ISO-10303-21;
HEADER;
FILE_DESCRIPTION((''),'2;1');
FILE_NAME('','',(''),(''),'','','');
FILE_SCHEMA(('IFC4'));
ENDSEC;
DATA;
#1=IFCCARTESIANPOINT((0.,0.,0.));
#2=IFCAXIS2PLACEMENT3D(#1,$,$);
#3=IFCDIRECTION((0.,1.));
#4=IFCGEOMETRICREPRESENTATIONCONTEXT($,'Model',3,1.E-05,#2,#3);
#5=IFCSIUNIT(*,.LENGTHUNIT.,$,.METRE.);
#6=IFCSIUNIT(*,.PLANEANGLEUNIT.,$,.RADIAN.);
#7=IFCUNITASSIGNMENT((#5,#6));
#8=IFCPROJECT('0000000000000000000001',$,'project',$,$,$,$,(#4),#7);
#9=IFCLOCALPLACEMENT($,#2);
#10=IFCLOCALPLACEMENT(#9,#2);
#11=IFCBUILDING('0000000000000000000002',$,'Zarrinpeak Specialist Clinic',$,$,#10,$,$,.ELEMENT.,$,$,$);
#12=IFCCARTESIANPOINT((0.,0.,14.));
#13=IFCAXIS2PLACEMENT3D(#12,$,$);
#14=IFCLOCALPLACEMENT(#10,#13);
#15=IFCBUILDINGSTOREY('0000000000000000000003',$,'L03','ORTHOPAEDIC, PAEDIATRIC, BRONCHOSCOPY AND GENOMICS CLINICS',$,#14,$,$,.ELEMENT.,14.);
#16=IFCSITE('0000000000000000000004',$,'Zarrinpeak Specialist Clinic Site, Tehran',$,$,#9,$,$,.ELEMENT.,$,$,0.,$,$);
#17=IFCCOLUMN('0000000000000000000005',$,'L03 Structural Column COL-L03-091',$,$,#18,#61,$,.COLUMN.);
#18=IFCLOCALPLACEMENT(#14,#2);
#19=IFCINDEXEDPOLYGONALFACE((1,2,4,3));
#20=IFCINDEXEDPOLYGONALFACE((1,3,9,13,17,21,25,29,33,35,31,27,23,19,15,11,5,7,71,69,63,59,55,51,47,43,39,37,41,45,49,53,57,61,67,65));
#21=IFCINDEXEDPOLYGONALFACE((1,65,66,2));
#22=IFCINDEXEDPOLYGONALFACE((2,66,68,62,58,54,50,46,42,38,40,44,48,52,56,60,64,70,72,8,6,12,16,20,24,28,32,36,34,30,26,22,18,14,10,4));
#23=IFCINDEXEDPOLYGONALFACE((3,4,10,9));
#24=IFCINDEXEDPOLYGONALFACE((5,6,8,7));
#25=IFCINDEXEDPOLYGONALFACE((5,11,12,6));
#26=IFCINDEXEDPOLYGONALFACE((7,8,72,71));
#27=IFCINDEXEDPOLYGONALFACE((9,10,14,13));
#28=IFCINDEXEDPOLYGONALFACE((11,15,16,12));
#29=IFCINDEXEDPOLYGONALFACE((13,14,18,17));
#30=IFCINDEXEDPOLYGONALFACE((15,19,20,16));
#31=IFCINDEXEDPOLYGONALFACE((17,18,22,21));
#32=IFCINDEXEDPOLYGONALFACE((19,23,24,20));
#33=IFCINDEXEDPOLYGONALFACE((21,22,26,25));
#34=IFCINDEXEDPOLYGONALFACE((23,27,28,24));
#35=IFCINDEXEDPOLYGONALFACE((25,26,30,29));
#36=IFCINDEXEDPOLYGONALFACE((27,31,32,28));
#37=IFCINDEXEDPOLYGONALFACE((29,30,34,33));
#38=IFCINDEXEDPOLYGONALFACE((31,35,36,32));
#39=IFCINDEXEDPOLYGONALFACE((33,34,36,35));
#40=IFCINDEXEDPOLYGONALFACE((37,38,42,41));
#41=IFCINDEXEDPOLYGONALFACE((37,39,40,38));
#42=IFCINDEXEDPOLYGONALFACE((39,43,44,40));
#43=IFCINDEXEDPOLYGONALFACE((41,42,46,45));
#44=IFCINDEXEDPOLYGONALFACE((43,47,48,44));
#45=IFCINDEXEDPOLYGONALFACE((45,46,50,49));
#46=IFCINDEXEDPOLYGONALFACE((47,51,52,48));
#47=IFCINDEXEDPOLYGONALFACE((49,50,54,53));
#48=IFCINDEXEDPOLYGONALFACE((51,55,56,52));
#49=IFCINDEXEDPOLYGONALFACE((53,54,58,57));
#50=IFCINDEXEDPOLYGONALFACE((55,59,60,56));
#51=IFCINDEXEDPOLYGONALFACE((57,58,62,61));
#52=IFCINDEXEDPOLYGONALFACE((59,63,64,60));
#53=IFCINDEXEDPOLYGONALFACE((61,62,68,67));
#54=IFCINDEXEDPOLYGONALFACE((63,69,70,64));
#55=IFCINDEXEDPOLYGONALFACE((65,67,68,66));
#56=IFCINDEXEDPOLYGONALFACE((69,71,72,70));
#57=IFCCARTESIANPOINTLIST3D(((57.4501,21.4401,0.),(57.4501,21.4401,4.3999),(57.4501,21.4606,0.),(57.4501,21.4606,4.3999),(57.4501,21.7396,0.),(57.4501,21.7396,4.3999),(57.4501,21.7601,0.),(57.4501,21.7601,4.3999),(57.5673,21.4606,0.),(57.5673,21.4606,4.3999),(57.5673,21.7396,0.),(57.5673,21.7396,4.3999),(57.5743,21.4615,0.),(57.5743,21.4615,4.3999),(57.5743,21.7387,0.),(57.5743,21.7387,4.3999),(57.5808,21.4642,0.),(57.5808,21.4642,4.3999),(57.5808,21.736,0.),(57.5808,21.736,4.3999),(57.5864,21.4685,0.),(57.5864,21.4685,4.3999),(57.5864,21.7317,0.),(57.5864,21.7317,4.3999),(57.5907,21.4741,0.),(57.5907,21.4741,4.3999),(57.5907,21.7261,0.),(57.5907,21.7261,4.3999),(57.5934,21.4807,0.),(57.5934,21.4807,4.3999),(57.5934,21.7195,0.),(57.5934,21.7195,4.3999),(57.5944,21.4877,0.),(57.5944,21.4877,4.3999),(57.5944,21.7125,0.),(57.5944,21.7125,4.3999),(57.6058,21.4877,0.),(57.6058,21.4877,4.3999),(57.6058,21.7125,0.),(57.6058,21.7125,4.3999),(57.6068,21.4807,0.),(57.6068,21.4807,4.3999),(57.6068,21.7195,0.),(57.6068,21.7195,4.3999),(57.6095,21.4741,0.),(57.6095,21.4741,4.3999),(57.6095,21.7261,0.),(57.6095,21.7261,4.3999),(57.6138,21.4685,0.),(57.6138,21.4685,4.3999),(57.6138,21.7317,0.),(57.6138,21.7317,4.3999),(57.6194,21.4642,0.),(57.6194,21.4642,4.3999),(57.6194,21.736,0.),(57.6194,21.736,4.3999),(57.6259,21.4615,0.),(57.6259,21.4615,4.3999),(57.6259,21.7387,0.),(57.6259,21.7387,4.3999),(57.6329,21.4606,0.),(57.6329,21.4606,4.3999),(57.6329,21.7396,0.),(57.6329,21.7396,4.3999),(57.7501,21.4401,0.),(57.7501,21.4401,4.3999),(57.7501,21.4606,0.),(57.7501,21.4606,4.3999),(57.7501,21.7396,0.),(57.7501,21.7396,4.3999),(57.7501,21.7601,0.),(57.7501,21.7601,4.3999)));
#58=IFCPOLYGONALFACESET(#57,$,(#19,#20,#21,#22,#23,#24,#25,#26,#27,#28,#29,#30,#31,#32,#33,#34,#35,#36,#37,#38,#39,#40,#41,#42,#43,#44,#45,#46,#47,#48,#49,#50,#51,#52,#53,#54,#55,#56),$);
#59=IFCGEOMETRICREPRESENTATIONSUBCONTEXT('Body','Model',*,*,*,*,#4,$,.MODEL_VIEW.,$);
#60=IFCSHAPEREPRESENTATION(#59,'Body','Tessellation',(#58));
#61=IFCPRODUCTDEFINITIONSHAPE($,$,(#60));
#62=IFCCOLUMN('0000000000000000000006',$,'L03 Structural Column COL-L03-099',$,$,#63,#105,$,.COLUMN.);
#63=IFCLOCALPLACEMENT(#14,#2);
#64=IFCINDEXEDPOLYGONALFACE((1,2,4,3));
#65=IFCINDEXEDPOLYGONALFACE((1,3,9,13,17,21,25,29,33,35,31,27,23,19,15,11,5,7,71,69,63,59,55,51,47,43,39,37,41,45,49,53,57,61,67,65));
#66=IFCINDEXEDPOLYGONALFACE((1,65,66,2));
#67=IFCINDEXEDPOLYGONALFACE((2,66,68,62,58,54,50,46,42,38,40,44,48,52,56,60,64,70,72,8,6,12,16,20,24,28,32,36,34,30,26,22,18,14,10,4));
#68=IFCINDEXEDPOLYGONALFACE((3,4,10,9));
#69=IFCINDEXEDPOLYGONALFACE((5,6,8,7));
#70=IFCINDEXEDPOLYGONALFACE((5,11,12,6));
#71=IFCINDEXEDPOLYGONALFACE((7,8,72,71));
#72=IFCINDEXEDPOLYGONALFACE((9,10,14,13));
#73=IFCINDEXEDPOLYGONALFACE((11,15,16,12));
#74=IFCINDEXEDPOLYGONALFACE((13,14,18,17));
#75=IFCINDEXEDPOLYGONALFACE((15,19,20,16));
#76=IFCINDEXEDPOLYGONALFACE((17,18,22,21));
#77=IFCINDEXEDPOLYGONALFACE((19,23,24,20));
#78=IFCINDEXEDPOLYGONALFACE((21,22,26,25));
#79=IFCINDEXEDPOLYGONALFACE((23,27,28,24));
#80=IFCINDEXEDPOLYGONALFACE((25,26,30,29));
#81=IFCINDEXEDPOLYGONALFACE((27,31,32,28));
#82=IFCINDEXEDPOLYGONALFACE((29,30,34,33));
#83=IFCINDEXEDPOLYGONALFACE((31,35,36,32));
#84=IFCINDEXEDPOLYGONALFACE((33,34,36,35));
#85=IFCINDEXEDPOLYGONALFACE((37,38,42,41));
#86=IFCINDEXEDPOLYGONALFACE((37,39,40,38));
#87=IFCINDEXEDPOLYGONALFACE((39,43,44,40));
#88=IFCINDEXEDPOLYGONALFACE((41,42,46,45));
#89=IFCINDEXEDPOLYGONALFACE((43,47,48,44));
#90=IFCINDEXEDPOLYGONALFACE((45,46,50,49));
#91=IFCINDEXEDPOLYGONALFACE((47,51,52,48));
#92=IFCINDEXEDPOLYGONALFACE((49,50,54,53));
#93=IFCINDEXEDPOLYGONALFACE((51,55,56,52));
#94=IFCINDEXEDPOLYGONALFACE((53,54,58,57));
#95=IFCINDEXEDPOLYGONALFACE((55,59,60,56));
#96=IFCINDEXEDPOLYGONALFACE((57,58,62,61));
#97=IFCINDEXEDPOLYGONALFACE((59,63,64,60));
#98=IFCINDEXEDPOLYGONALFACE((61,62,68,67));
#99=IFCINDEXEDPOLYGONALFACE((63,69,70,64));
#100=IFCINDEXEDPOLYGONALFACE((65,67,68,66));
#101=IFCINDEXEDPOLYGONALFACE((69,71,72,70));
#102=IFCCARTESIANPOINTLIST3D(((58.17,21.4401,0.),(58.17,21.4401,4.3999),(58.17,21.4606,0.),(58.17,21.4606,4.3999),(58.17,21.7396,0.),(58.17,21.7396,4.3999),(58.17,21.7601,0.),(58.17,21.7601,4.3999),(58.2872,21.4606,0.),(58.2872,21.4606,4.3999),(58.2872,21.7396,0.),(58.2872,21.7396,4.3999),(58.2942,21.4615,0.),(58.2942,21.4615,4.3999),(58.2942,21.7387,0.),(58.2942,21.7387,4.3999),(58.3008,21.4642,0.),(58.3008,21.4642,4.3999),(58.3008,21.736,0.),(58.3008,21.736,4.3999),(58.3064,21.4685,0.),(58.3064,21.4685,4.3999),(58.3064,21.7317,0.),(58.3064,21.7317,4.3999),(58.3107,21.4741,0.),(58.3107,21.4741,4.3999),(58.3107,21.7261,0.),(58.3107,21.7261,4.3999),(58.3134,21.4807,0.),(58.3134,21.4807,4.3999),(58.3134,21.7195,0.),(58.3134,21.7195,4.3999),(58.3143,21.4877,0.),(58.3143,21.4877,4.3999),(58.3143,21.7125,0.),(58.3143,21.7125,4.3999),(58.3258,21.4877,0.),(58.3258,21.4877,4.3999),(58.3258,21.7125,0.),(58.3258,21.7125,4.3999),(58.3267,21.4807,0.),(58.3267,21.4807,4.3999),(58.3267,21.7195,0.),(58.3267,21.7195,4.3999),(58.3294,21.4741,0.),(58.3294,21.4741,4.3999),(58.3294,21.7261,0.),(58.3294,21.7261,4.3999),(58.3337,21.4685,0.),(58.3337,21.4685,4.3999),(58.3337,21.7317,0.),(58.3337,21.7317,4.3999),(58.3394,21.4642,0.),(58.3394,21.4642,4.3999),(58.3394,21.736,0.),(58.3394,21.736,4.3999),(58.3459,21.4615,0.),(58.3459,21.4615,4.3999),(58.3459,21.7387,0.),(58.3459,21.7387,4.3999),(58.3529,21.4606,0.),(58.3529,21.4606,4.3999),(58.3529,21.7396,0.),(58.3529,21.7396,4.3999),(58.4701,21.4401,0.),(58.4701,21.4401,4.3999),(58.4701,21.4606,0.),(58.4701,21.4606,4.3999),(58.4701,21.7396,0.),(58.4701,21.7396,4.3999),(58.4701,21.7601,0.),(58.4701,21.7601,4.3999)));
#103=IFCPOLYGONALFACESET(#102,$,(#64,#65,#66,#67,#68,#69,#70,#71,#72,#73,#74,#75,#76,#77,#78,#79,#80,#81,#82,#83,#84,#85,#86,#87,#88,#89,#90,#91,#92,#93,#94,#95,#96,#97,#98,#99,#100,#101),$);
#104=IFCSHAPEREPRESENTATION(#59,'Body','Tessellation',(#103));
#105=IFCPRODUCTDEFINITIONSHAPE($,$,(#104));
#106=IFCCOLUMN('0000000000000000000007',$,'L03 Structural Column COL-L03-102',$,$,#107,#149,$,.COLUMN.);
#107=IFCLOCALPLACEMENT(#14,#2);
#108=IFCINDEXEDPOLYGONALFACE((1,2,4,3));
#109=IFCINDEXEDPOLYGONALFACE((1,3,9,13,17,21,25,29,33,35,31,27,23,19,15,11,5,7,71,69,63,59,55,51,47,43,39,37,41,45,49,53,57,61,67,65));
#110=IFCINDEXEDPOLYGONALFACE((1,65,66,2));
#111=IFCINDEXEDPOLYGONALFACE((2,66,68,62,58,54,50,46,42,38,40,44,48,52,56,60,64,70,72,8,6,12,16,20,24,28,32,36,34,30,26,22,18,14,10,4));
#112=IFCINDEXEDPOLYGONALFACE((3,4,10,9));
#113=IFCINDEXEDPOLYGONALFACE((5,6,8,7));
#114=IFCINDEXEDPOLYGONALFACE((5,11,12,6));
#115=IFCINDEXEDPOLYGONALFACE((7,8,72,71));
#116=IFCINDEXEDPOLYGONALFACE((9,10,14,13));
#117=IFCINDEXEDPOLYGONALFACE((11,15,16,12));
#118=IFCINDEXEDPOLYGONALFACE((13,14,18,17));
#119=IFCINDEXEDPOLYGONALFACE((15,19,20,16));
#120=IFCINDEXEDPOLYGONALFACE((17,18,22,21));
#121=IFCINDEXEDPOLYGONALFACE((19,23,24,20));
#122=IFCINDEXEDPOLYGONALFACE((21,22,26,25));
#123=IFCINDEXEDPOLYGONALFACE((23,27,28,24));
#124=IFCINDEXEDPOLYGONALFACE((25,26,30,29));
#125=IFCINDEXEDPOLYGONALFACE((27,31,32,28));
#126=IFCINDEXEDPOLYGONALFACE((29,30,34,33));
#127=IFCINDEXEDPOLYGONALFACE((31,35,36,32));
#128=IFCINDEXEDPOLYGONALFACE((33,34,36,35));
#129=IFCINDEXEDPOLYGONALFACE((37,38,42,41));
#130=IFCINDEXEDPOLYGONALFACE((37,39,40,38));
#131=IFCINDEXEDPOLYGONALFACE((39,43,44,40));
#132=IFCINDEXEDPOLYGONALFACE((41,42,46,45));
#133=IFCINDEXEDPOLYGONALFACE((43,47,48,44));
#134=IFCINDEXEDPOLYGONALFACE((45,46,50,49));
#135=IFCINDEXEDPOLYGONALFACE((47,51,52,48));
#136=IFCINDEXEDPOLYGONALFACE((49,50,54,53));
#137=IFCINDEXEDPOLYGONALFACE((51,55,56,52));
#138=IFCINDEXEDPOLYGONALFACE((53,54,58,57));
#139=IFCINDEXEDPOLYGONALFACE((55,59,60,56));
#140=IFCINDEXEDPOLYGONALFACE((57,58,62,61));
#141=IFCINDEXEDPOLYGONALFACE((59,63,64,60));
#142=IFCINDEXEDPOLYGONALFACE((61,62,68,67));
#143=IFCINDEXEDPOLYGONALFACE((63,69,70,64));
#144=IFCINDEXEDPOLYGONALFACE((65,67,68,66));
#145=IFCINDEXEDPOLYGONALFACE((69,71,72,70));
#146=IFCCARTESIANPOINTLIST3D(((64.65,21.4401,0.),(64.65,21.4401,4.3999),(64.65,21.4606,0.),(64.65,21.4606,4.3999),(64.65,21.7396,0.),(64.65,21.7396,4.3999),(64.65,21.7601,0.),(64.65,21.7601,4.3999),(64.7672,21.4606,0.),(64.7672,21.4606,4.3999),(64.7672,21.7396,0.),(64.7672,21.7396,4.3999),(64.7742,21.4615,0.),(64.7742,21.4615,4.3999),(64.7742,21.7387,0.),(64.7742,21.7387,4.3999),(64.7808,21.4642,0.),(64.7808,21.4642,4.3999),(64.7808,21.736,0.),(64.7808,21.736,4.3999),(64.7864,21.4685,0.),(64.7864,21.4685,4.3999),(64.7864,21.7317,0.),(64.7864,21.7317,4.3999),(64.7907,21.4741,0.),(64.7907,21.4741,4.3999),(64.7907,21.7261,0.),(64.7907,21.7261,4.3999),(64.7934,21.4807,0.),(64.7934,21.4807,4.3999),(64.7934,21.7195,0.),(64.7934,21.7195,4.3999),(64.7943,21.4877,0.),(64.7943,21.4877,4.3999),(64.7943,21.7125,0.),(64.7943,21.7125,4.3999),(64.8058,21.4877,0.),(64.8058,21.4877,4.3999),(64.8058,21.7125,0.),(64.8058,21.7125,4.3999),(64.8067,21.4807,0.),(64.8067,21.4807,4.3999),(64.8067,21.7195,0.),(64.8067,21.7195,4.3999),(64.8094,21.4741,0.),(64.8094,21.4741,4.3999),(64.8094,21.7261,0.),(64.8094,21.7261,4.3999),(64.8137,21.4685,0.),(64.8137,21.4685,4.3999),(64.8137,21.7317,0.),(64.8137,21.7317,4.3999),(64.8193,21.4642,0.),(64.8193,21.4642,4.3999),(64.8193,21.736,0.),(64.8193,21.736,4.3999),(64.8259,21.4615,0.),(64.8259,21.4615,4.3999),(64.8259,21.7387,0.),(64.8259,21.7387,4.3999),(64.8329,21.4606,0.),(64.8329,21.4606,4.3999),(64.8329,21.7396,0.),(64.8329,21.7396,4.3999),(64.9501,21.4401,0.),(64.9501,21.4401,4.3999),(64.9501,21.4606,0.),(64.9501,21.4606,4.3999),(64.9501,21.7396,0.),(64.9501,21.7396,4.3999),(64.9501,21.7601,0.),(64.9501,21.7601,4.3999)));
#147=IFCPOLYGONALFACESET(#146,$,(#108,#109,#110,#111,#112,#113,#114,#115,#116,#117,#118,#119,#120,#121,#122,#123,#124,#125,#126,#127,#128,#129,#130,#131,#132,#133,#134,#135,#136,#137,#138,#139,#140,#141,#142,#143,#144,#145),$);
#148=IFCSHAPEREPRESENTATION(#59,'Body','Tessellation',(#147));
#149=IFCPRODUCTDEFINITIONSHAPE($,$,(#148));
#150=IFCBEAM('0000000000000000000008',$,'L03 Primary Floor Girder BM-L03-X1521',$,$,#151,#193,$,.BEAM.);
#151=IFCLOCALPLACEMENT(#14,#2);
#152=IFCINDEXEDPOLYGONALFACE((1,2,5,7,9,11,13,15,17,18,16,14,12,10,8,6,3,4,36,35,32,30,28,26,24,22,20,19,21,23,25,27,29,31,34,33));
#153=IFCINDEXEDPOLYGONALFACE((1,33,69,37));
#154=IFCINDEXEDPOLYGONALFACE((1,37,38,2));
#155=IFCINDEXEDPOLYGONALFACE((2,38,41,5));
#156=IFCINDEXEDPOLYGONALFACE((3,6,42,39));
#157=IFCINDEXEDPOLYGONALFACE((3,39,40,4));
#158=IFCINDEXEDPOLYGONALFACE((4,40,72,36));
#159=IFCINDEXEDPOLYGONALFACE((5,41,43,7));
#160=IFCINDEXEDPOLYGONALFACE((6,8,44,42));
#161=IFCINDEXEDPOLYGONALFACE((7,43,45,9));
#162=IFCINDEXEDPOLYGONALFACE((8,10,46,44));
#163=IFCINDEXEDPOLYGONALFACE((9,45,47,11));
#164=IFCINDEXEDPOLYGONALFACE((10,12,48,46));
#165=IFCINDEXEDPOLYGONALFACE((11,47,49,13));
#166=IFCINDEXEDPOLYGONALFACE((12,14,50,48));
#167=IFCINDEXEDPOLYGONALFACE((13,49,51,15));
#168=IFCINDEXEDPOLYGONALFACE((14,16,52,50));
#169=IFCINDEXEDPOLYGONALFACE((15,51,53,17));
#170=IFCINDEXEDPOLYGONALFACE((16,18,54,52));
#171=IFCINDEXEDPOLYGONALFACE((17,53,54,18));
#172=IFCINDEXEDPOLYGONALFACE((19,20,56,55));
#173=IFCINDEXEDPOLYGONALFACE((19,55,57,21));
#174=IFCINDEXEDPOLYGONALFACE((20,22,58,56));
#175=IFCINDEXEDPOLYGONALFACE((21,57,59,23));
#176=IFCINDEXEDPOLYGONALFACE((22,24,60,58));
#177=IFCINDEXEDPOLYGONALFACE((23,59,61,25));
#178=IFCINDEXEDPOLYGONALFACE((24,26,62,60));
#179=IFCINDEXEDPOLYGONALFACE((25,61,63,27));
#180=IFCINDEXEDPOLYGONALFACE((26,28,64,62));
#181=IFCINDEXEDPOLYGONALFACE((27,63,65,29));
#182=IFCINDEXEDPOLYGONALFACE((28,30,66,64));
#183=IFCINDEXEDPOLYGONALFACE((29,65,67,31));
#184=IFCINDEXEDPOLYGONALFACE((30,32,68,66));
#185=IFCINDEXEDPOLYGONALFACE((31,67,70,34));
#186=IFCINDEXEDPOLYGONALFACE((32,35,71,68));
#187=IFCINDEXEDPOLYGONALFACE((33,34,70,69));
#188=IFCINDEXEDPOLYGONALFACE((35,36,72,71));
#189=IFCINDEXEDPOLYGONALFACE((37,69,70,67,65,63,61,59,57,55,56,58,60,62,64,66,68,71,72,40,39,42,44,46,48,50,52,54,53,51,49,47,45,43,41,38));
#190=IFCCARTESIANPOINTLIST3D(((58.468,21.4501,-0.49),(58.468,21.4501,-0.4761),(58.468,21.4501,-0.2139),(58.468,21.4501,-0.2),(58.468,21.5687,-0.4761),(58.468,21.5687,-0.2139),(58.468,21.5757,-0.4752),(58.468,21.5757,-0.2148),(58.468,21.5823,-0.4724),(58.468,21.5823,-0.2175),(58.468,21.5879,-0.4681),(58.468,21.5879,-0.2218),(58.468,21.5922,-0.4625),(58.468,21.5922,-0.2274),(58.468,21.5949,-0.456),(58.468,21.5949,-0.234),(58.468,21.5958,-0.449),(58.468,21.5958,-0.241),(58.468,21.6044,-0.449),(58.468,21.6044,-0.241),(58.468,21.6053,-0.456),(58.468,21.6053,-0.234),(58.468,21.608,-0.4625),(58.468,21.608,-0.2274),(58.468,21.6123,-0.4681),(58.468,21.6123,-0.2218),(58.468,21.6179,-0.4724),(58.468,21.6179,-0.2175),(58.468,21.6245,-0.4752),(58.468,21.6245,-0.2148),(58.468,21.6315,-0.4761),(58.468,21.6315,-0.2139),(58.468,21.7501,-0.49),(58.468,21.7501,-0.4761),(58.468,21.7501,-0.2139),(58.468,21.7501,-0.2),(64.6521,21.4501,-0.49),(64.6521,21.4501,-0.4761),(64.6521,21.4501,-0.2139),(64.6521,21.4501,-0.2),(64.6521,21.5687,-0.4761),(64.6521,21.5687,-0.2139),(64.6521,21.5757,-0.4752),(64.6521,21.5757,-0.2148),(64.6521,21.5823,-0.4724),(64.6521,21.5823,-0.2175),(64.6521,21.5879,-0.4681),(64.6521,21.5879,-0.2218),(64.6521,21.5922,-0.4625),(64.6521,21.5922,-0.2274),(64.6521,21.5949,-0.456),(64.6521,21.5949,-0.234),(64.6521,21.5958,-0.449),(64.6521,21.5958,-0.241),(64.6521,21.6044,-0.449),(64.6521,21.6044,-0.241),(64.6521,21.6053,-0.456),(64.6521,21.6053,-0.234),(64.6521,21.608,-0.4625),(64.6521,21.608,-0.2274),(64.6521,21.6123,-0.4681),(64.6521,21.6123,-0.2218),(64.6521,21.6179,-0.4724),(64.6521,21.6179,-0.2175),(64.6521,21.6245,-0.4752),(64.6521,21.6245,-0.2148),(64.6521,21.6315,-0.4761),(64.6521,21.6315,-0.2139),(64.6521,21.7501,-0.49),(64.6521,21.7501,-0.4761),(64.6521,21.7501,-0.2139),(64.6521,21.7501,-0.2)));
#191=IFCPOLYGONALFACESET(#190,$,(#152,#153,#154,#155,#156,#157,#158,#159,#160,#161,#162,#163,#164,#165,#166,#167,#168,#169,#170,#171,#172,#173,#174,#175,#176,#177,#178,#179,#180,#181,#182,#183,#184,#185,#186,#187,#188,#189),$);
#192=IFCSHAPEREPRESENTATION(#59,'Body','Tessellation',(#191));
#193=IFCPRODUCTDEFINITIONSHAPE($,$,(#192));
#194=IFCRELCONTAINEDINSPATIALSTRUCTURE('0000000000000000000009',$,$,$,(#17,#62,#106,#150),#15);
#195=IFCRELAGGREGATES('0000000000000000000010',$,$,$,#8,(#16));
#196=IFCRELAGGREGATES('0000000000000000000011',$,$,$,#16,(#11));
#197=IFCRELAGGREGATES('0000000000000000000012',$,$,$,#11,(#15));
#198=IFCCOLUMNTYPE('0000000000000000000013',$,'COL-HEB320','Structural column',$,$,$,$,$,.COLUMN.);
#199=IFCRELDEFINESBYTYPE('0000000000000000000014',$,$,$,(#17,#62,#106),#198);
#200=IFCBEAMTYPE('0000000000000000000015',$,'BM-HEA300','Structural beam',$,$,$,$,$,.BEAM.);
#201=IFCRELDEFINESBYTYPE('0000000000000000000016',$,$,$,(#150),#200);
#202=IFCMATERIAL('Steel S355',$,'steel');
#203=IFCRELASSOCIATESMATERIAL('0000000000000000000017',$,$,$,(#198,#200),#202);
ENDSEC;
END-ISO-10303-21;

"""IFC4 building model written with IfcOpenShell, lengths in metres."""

from ifc_helpers import new_model, si_unit, direction, frame, origin, origin_2d, place, context, subcontext, project, spatial, i_section, extrude, material, material_profile, profile_set, type_object, element, save


model = new_model("IFC4")

# Units and contexts
model_context = context("Model", 3, precision=1e-05, world=origin(), true_north=direction((0.0, 1.0)))
body_context = subcontext(model_context, "Body", "Model", "MODEL_VIEW")
ifc_project = project(units=[si_unit("LENGTHUNIT", "METRE"), si_unit("PLANEANGLEUNIT", "RADIAN")], contexts=[model_context])

# Site, building, storey
site_placement = place(None, origin())
site = spatial("IfcSite", under=ifc_project, at=site_placement, Name="Zarrinpeak Specialist Clinic Site, Tehran", CompositionType="ELEMENT", RefElevation=0.0)
building_placement = place(site_placement, origin())
building = spatial("IfcBuilding", under=site, at=building_placement, Name="Zarrinpeak Specialist Clinic", CompositionType="ELEMENT")
storey_placement = place(building_placement, frame((0.0, 0.0, 14.0)))
storey = spatial("IfcBuildingStorey", under=building, at=storey_placement, Name="L03", Description="ORTHOPAEDIC, PAEDIATRIC, BRONCHOSCOPY AND GENOMICS CLINICS", CompositionType="ELEMENT", Elevation=14.0)

# Columns
ifc_material_1 = material(Name="Steel S355", Category="steel")
ifc_material_profile_1 = material_profile(ifc_material_1, i_section(OverallWidth=0.3, OverallDepth=0.3201, WebThickness=0.0115, FlangeThickness=0.0205, FilletRadius=0.0271, at=origin_2d()), Name="HEB 320")
ifc_profile_set_1 = profile_set([ifc_material_profile_1], Name="Steel S355")
column_type = type_object("IfcColumnType", Name="COL-HEB320", Description="Structural column", PredefinedType="COLUMN", material=ifc_profile_set_1)
for number, where, z_axis, x_axis, name in (
    (1, (57.6001, 21.6001, 0.0), (0.0, 0.0, 1.0), (1.0, 0.0, 0.0), "L03 Structural Column COL-L03-091"),
    (2, (58.3201, 21.6001, 0.0), (0.0, 0.0, 1.0), (1.0, 0.0, 0.0), "L03 Structural Column COL-L03-099"),
    (3, (64.8, 21.6001, 0.0), (0.0, 0.0, 1.0), (1.0, 0.0, 0.0), "L03 Structural Column COL-L03-102"),
):
    element("IfcColumn", number, at=place(storey_placement, frame(where, z_axis=z_axis, x_axis=x_axis)), inside=storey, type_object=column_type, Name=name, PredefinedType="COLUMN", context=body_context, shape_type="SweptSolid", body=[
        extrude(i_section(OverallWidth=0.3, OverallDepth=0.3201, WebThickness=0.0115, FlangeThickness=0.0205, FilletRadius=0.0271, at=origin_2d()), origin(), (0.0, 0.0, 1.0), 4.3999),
    ])

# Beam
ifc_material_profile_2 = material_profile(ifc_material_1, i_section(OverallWidth=0.3, OverallDepth=0.29, WebThickness=0.0085, FlangeThickness=0.0139, FilletRadius=0.0271, at=origin_2d()), Name="HEA 300")
ifc_profile_set_2 = profile_set([ifc_material_profile_2], Name="Steel S355")
beam_type = type_object("IfcBeamType", Name="BM-HEA300", Description="Structural beam", PredefinedType="BEAM", material=ifc_profile_set_2)
beam_1_placement = place(storey_placement, frame((58.468, 21.6001, -0.345), z_axis=(1.0, 0.0, 0.0), x_axis=(0.0, 1.0, 0.0)))
element("IfcBeam", 4, at=beam_1_placement, inside=storey, type_object=beam_type, Name="L03 Primary Floor Girder BM-L03-X1521", PredefinedType="BEAM", context=body_context, shape_type="SweptSolid", body=[
    extrude(i_section(OverallWidth=0.3, OverallDepth=0.29, WebThickness=0.0085, FlangeThickness=0.0139, FilletRadius=0.0271, at=origin_2d()), origin(), (0.0, 0.0, 1.0), 6.1841),
])

save(model, "model.ifc")
